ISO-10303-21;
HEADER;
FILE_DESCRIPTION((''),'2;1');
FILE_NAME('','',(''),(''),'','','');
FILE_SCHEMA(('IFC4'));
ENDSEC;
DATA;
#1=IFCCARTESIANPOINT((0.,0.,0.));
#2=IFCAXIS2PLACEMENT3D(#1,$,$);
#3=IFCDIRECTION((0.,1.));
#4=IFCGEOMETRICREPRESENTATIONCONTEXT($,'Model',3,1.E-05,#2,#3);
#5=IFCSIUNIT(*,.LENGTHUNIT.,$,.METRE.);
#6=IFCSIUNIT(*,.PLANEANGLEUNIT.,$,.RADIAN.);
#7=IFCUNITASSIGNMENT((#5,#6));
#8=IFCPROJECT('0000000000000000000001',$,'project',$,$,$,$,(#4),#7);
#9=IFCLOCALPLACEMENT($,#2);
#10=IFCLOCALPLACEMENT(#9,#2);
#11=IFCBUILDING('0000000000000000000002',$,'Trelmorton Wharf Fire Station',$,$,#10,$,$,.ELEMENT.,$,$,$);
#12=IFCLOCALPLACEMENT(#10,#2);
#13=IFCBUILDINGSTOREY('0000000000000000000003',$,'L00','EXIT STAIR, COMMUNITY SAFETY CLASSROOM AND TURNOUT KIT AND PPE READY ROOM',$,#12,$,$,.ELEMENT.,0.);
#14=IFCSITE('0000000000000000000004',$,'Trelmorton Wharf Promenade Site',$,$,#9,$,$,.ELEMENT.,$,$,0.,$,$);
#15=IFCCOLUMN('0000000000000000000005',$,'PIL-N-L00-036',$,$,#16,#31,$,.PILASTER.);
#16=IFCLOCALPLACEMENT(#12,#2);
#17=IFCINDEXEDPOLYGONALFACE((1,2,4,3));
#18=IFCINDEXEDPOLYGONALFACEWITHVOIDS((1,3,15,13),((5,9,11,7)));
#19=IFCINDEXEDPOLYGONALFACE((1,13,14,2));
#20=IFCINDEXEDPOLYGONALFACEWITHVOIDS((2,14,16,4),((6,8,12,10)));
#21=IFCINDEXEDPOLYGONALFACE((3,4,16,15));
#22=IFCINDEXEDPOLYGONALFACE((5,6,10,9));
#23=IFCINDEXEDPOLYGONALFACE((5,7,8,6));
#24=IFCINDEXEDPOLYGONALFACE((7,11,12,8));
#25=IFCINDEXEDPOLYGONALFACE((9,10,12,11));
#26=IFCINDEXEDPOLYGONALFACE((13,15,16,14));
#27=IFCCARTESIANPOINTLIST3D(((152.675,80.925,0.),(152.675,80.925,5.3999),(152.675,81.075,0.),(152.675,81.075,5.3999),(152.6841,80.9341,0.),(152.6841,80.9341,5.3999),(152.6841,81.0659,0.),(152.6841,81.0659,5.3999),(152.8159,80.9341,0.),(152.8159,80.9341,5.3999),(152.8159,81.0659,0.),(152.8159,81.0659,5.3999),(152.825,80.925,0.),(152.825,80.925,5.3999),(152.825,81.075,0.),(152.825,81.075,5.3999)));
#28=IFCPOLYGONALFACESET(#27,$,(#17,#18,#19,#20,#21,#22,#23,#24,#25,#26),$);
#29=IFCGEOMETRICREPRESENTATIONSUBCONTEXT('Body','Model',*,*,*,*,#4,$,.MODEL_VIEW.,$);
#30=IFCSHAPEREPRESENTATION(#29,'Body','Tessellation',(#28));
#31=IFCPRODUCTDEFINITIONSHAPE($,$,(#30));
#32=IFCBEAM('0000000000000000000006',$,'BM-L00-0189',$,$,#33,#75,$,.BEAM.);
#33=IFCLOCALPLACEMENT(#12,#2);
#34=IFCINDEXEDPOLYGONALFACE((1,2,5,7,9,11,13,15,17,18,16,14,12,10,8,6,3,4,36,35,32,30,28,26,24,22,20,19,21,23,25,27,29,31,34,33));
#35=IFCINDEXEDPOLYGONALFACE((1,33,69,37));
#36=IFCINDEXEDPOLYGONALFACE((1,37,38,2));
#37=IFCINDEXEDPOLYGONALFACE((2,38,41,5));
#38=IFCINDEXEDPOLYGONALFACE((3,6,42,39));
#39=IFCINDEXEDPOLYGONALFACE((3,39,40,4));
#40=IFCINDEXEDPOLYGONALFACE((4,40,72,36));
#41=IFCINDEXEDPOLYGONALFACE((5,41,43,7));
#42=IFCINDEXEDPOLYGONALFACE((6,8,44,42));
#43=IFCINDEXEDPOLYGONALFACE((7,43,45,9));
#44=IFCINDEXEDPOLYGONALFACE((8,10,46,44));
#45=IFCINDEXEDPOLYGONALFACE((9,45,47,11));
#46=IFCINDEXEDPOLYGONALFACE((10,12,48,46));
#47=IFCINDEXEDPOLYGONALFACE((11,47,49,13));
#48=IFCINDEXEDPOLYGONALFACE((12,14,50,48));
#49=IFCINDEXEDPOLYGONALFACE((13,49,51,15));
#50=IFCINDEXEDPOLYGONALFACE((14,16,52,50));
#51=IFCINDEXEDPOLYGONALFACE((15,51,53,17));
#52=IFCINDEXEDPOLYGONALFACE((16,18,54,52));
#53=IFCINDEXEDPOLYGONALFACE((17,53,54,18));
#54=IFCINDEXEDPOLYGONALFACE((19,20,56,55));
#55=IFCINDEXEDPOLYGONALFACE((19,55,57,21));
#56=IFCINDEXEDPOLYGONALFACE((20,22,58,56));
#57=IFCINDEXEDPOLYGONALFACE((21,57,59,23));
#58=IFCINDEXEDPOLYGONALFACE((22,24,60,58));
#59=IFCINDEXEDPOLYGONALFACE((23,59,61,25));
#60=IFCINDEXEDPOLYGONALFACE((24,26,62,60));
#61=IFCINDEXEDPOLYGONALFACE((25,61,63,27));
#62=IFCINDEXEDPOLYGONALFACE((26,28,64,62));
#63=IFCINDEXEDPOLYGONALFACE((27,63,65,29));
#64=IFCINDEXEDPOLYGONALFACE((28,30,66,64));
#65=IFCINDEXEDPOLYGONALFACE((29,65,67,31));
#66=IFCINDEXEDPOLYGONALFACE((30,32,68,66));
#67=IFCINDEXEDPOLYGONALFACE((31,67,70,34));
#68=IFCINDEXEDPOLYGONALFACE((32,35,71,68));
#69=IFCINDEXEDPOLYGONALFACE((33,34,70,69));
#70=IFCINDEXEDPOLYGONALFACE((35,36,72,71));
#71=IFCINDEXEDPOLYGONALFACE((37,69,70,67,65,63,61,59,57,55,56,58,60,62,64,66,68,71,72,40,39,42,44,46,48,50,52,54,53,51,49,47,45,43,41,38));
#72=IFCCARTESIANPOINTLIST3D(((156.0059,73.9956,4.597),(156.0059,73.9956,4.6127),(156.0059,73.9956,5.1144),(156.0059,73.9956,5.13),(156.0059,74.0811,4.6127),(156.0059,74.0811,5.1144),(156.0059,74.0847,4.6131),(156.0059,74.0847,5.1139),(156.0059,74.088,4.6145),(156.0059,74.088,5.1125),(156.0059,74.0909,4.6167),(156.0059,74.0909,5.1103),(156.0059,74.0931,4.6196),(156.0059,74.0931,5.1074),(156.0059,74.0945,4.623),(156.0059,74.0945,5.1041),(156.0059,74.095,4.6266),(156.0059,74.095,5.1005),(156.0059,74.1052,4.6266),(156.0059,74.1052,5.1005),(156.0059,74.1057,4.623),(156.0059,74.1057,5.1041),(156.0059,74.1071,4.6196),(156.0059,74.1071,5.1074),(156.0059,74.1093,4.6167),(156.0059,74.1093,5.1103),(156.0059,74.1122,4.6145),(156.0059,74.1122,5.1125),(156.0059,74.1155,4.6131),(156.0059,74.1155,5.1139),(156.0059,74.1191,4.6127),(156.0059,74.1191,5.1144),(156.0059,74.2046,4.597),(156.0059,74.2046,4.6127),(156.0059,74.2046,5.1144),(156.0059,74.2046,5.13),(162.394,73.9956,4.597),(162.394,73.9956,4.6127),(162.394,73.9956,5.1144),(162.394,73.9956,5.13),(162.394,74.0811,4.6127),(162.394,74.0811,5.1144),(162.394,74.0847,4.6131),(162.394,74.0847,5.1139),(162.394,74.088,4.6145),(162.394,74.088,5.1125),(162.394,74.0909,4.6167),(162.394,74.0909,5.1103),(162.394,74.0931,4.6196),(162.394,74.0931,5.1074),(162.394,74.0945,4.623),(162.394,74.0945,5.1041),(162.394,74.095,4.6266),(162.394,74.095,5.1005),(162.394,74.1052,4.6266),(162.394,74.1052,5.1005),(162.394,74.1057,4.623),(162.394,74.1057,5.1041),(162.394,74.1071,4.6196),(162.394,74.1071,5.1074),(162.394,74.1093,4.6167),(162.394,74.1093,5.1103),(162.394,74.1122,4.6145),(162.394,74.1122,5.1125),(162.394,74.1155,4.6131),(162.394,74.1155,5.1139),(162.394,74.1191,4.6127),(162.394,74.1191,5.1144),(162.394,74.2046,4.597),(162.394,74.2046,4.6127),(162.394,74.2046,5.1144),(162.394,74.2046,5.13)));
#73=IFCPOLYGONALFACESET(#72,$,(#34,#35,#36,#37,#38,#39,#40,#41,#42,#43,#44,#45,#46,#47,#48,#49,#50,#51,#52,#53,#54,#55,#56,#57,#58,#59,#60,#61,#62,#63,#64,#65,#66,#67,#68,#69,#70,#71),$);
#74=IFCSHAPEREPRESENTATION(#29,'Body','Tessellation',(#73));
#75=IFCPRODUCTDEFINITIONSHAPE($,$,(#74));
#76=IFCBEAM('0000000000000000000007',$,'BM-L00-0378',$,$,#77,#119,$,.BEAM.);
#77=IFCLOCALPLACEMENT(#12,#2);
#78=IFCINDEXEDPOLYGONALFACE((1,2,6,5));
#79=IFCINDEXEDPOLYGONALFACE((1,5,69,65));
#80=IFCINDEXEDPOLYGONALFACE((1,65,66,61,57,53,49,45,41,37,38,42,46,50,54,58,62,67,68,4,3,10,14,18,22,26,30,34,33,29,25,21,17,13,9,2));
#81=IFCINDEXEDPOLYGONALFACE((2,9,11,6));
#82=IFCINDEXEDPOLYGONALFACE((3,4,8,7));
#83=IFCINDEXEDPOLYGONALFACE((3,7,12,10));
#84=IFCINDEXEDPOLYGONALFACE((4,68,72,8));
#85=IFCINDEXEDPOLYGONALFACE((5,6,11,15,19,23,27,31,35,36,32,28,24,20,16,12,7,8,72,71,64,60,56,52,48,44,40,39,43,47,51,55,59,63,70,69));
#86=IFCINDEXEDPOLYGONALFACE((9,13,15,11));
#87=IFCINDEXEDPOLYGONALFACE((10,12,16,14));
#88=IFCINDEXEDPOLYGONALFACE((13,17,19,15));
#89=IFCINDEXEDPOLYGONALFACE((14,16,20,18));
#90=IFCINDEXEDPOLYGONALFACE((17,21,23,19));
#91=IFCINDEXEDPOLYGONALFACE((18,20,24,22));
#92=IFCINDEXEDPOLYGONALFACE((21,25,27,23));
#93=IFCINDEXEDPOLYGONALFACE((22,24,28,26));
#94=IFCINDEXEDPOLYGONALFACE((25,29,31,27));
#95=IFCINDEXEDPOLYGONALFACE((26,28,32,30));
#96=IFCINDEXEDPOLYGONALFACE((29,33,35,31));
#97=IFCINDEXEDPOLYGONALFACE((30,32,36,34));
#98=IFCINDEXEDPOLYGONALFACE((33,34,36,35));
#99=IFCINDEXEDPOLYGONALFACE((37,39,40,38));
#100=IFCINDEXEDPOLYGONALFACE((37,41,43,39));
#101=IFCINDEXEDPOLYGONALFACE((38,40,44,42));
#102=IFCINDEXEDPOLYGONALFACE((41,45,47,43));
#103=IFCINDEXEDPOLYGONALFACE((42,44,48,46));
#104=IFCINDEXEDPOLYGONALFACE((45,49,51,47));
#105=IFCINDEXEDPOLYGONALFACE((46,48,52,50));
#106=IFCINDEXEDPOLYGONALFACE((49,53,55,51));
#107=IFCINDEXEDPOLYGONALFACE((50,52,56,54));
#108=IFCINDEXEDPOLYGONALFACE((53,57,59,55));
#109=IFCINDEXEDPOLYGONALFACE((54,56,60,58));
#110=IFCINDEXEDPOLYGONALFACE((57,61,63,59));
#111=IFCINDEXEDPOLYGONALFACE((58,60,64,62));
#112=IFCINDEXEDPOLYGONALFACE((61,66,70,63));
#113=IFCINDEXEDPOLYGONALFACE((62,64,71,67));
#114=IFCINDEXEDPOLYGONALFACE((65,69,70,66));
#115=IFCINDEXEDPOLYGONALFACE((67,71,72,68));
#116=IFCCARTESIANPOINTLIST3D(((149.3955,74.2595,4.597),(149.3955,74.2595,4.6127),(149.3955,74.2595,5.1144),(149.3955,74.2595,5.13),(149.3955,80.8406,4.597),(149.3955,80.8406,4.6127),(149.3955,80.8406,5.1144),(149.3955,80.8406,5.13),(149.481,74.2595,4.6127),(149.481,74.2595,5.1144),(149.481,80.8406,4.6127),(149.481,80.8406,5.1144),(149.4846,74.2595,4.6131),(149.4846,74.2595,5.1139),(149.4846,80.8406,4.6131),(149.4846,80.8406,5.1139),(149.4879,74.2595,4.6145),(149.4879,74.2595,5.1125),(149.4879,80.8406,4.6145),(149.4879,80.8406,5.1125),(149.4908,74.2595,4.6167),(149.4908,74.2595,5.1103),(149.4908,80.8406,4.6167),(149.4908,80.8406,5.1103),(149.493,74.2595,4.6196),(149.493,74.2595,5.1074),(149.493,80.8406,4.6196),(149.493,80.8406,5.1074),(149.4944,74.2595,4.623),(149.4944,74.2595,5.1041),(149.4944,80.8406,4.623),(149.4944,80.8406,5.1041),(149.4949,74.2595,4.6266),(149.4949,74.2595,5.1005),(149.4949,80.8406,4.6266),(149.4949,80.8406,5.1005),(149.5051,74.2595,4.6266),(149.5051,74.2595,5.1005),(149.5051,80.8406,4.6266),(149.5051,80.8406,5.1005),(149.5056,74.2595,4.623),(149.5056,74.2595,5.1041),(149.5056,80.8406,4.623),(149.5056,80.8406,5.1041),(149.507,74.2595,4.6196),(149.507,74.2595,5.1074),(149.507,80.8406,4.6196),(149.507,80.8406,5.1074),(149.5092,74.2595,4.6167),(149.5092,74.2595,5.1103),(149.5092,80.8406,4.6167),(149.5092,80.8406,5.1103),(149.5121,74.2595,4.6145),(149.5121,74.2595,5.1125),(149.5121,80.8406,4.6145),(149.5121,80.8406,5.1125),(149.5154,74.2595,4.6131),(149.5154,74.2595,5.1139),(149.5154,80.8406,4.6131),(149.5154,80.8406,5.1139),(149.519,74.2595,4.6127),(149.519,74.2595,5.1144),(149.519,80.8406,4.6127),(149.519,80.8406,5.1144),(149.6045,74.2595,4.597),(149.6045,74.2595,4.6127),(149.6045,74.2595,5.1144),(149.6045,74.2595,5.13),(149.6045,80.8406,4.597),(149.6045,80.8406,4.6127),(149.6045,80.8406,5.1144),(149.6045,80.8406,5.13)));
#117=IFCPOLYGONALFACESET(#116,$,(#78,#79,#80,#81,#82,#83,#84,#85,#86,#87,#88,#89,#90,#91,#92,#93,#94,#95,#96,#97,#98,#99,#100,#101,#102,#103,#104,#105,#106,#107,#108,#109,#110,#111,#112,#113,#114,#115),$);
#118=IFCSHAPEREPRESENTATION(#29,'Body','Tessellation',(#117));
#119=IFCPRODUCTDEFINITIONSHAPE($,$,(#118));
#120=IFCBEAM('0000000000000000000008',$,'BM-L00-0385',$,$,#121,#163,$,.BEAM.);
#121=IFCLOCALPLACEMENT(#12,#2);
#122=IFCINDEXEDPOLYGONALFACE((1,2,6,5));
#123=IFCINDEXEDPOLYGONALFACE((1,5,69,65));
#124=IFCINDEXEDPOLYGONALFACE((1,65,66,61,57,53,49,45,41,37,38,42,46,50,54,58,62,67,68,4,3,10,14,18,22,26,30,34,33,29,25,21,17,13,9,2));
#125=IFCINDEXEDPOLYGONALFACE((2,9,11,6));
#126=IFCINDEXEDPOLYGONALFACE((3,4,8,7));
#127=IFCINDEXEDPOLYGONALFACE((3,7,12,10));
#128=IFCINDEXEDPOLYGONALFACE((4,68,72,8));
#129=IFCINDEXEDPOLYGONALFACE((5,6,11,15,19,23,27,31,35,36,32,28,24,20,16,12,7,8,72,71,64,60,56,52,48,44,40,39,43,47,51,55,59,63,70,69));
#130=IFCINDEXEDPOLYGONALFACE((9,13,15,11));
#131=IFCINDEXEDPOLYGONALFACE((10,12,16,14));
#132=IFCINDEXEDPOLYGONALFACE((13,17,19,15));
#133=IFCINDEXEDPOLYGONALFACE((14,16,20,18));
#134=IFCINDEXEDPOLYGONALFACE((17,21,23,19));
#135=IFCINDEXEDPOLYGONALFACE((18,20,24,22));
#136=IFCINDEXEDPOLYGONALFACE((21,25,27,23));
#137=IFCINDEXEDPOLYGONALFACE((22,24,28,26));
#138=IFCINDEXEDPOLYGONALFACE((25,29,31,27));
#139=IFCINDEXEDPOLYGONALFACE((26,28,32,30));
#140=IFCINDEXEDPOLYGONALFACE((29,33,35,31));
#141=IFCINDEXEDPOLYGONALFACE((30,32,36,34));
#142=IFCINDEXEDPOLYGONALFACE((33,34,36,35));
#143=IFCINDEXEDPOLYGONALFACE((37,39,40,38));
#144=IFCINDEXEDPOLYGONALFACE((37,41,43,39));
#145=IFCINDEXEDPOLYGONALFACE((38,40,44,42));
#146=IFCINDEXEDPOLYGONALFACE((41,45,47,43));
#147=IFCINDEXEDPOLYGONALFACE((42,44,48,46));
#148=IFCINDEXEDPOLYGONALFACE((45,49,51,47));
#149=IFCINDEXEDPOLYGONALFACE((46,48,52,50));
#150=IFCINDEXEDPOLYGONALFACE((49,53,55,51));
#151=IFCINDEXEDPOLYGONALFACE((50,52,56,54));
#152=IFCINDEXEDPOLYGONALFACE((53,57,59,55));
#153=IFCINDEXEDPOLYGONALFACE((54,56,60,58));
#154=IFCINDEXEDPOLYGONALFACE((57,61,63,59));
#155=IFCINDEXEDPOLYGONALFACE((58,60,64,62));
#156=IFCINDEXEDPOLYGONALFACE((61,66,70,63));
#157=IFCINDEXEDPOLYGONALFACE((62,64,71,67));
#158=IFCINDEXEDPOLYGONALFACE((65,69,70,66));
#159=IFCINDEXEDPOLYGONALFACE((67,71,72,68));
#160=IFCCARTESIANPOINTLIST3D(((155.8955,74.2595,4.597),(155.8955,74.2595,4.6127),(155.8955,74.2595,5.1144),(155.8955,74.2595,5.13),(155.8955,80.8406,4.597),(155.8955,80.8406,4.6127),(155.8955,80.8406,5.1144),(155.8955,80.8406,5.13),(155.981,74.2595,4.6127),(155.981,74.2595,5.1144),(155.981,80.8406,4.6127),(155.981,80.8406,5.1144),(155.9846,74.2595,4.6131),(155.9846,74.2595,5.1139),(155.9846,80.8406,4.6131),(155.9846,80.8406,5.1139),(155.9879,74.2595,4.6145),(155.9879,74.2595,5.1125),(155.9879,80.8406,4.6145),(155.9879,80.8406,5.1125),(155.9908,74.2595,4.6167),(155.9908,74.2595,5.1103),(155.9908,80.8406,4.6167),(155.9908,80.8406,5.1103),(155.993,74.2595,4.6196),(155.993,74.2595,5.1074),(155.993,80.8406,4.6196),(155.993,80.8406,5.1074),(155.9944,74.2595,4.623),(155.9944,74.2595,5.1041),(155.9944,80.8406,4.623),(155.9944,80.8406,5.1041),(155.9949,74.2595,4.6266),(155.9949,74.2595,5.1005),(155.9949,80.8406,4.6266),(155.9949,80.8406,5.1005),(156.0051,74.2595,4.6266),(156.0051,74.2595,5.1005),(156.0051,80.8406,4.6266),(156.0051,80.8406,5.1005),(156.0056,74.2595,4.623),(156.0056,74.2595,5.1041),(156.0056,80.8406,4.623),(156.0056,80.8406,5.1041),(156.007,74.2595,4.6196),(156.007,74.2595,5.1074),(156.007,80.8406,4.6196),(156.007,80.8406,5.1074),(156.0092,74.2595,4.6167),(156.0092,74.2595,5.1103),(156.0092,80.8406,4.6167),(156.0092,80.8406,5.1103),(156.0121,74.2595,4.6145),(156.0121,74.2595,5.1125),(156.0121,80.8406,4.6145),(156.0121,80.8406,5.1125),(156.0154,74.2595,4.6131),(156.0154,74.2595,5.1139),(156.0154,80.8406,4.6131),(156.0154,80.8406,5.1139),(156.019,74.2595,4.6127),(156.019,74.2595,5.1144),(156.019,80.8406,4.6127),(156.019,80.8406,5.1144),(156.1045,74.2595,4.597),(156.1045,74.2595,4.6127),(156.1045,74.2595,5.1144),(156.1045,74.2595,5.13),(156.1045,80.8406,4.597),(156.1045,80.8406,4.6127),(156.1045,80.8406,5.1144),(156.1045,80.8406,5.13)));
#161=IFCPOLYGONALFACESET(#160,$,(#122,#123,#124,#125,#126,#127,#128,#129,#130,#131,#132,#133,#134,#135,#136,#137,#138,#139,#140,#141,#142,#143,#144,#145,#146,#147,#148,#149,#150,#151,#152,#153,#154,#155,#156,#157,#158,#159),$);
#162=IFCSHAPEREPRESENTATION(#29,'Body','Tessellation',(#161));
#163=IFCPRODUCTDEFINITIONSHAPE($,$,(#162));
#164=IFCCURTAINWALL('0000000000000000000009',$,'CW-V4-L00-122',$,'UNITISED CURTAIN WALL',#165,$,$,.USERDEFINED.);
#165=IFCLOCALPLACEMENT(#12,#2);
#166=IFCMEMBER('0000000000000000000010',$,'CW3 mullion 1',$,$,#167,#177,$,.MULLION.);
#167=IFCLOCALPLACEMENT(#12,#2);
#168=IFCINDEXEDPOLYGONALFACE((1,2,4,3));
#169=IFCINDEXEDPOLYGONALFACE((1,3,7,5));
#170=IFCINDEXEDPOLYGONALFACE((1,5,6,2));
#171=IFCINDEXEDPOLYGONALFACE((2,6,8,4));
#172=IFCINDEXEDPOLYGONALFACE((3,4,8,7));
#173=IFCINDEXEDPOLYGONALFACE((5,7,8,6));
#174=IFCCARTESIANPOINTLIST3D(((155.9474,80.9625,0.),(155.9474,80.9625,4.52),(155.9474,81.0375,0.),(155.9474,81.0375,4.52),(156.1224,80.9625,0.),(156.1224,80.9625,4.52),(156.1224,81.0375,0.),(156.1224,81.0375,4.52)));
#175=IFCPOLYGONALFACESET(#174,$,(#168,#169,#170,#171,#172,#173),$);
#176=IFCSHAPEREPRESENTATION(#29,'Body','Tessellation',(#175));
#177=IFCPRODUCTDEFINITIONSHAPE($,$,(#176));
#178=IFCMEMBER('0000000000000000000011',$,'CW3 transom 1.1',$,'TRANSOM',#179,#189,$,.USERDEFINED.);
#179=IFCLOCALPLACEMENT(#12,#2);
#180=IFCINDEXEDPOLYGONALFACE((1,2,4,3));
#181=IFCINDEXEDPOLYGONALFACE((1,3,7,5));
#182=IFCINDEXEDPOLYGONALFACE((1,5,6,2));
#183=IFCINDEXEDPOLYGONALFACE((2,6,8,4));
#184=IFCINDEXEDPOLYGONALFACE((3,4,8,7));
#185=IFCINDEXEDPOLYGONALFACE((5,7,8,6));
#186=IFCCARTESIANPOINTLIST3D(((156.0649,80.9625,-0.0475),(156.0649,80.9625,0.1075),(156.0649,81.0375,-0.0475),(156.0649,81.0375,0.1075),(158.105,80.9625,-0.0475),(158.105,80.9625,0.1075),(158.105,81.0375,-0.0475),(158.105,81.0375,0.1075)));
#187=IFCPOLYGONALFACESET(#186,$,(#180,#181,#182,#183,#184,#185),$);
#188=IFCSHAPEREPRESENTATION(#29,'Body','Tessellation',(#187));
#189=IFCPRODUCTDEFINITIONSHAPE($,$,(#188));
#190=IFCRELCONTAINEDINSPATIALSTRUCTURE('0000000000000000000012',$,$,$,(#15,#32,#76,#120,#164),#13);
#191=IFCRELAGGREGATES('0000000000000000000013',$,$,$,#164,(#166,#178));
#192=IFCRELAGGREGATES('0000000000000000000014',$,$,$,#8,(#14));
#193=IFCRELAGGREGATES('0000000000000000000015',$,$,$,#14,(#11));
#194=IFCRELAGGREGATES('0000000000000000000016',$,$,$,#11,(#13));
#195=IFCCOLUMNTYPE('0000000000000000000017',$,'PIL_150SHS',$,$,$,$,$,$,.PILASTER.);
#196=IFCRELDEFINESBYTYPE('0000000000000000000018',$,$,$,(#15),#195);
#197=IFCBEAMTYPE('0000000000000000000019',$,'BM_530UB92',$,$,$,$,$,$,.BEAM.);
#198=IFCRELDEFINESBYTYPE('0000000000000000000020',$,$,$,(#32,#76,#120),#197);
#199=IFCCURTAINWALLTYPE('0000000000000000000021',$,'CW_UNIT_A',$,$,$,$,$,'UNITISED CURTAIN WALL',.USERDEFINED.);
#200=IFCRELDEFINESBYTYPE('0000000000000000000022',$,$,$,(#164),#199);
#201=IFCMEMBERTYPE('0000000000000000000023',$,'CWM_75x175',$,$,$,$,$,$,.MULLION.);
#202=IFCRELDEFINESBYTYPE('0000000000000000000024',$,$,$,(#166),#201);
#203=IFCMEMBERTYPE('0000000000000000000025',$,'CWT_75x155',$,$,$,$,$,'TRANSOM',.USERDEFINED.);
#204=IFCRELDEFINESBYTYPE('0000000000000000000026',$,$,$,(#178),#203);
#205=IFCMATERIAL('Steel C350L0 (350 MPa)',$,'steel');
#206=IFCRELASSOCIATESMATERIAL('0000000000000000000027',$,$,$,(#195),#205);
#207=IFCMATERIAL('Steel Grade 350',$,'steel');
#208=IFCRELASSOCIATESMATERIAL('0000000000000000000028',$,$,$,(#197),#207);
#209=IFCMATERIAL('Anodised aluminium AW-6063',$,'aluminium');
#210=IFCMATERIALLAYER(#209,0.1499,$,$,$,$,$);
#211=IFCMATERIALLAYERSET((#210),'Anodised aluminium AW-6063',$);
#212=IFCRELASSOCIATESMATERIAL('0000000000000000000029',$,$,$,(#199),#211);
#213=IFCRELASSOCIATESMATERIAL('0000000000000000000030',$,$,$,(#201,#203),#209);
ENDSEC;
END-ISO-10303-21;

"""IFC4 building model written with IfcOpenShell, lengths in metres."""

from ifc_helpers import new_model, si_unit, direction, frame, origin, origin_2d, place, context, subcontext, project, spatial, rectangle, hollow_rectangle, i_section, extrude, material, layer, layer_set, material_profile, profile_set, type_object, element, aggregate, save


model = new_model("IFC4")

# Units and contexts
model_context = context("Model", 3, precision=1e-05, world=origin(), true_north=direction((0.0, 1.0)))
body_context = subcontext(model_context, "Body", "Model", "MODEL_VIEW")
ifc_project = project(units=[si_unit("LENGTHUNIT", "METRE"), si_unit("PLANEANGLEUNIT", "RADIAN")], contexts=[model_context])

# Site, building, storey
site_placement = place(None, origin())
site = spatial("IfcSite", under=ifc_project, at=site_placement, Name="Trelmorton Wharf Promenade Site", CompositionType="ELEMENT", RefElevation=0.0)
building_placement = place(site_placement, origin())
building = spatial("IfcBuilding", under=site, at=building_placement, Name="Trelmorton Wharf Fire Station", CompositionType="ELEMENT")
storey_placement = place(building_placement, origin())
storey = spatial("IfcBuildingStorey", under=building, at=storey_placement, Name="L00", Description="EXIT STAIR, COMMUNITY SAFETY CLASSROOM AND TURNOUT KIT AND PPE READY ROOM", CompositionType="ELEMENT", Elevation=0.0)

# Column
ifc_material_1 = material(Name="Steel Grade 350", Category="steel")
ifc_material_2 = material(Name="Steel C350L0 (350 MPa)", Category="steel")
ifc_material_profile_1 = material_profile(ifc_material_2, hollow_rectangle(XDim=0.1499, YDim=0.1499, WallThickness=0.009, at=origin_2d()), Name="150x150x9.0SHS")
ifc_profile_set_1 = profile_set([ifc_material_profile_1], Name="Steel C350L0 (350 MPa)")
column_type_1 = type_object("IfcColumnType", Name="PIL_150SHS", PredefinedType="PILASTER", material=ifc_profile_set_1)
column_placement = place(storey_placement, frame((152.75, 81.0, 0.0), z_axis=(0.0, 0.0, 1.0), x_axis=(1.0, 0.0, 0.0)))
element("IfcColumn", 1, at=column_placement, inside=storey, type_object=column_type_1, Name="PIL-N-L00-036", PredefinedType="PILASTER", context=body_context, shape_type="SweptSolid", body=[
    extrude(hollow_rectangle(XDim=0.1499, YDim=0.1499, WallThickness=0.009, at=origin_2d()), origin(), (0.0, 0.0, 1.0), 5.3999),
])

# Beams
ifc_material_profile_2 = material_profile(ifc_material_1, i_section(OverallWidth=0.209, OverallDepth=0.533, WebThickness=0.0103, FlangeThickness=0.0156, FilletRadius=0.0139, at=origin_2d()), Name="530UB92.4")
ifc_profile_set_2 = profile_set([ifc_material_profile_2], Name="Steel Grade 350")
beam_type_1 = type_object("IfcBeamType", Name="BM_530UB92", PredefinedType="BEAM", material=ifc_profile_set_2)
beam_1_placement = place(storey_placement, frame((156.0059, 74.1001, 4.8635), z_axis=(1.0, 0.0, 0.0), x_axis=(0.0, 1.0, 0.0)))
element("IfcBeam", 2, at=beam_1_placement, inside=storey, type_object=beam_type_1, Name="BM-L00-0189", PredefinedType="BEAM", context=body_context, shape_type="SweptSolid", body=[
    extrude(i_section(OverallWidth=0.209, OverallDepth=0.533, WebThickness=0.0103, FlangeThickness=0.0156, FilletRadius=0.0139, at=origin_2d()), origin(), (0.0, 0.0, 1.0), 6.3882),
])
for number, where, z_axis, x_axis, name in (
    (3, (149.5, 74.2595, 4.8635), (0.0, 1.0, 0.0), (-1.0, 0.0, 0.0), "BM-L00-0378"),
    (4, (156.0, 74.2595, 4.8635), (0.0, 1.0, 0.0), (-1.0, 0.0, 0.0), "BM-L00-0385"),
):
    element("IfcBeam", number, at=place(storey_placement, frame(where, z_axis=z_axis, x_axis=x_axis)), inside=storey, type_object=beam_type_1, Name=name, PredefinedType="BEAM", context=body_context, shape_type="SweptSolid", body=[
        extrude(i_section(OverallWidth=0.209, OverallDepth=0.533, WebThickness=0.0103, FlangeThickness=0.0156, FilletRadius=0.0139, at=origin_2d()), origin(), (0.0, 0.0, 1.0), 6.5811),
    ])

# Curtain wall, members
ifc_material_3 = material(Name="Anodised aluminium AW-6063", Category="aluminium")
ifc_layer_1 = layer(ifc_material_3, 0.1499)
ifc_layer_set_1 = layer_set([ifc_layer_1], Name="Anodised aluminium AW-6063")
curtain_wall_type = type_object("IfcCurtainWallType", Name="CW_UNIT_A", ElementType="UNITISED CURTAIN WALL", PredefinedType="USERDEFINED", material=ifc_layer_set_1)
curtain_wall_placement = place(storey_placement, origin())
curtain_wall = element("IfcCurtainWall", 5, at=curtain_wall_placement, inside=storey, type_object=curtain_wall_type, Name="CW-V4-L00-122", ObjectType="UNITISED CURTAIN WALL", PredefinedType="USERDEFINED")
ifc_material_profile_3 = material_profile(ifc_material_3, rectangle(XDim=0.075, YDim=0.175, at=origin_2d()), Name="ALU-75x175")
ifc_profile_set_3 = profile_set([ifc_material_profile_3], Name="Anodised aluminium AW-6063")
member_type_1 = type_object("IfcMemberType", Name="CWM_75x175", PredefinedType="MULLION", material=ifc_profile_set_3)
member_1_placement = place(storey_placement, frame((156.0349, 81.0, 0.0), z_axis=(0.0, 0.0, 1.0), x_axis=(0.0, 1.0, 0.0)))
member_1 = element("IfcMember", 6, at=member_1_placement, type_object=member_type_1, Name="CW3 mullion 1", PredefinedType="MULLION", context=body_context, shape_type="SweptSolid", body=[
    extrude(rectangle(XDim=0.075, YDim=0.175, at=origin_2d()), origin(), (0.0, 0.0, 1.0), 4.52),
])
ifc_material_profile_4 = material_profile(ifc_material_3, rectangle(XDim=0.075, YDim=0.155, at=origin_2d()), Name="ALU-75x155")
ifc_profile_set_4 = profile_set([ifc_material_profile_4], Name="Anodised aluminium AW-6063")
member_type_2 = type_object("IfcMemberType", Name="CWT_75x155", ElementType="TRANSOM", PredefinedType="USERDEFINED", material=ifc_profile_set_4)
member_2_placement = place(storey_placement, frame((156.0649, 81.0, 0.03), z_axis=(1.0, 0.0, 0.0), x_axis=(0.0, 1.0, 0.0)))
member_2 = element("IfcMember", 7, at=member_2_placement, type_object=member_type_2, Name="CW3 transom 1.1", ObjectType="TRANSOM", PredefinedType="USERDEFINED", context=body_context, shape_type="SweptSolid", body=[
    extrude(rectangle(XDim=0.075, YDim=0.155, at=origin_2d()), origin(), (0.0, 0.0, 1.0), 2.04),
])
aggregate(curtain_wall, [member_1, member_2])

save(model, "model.ifc")
